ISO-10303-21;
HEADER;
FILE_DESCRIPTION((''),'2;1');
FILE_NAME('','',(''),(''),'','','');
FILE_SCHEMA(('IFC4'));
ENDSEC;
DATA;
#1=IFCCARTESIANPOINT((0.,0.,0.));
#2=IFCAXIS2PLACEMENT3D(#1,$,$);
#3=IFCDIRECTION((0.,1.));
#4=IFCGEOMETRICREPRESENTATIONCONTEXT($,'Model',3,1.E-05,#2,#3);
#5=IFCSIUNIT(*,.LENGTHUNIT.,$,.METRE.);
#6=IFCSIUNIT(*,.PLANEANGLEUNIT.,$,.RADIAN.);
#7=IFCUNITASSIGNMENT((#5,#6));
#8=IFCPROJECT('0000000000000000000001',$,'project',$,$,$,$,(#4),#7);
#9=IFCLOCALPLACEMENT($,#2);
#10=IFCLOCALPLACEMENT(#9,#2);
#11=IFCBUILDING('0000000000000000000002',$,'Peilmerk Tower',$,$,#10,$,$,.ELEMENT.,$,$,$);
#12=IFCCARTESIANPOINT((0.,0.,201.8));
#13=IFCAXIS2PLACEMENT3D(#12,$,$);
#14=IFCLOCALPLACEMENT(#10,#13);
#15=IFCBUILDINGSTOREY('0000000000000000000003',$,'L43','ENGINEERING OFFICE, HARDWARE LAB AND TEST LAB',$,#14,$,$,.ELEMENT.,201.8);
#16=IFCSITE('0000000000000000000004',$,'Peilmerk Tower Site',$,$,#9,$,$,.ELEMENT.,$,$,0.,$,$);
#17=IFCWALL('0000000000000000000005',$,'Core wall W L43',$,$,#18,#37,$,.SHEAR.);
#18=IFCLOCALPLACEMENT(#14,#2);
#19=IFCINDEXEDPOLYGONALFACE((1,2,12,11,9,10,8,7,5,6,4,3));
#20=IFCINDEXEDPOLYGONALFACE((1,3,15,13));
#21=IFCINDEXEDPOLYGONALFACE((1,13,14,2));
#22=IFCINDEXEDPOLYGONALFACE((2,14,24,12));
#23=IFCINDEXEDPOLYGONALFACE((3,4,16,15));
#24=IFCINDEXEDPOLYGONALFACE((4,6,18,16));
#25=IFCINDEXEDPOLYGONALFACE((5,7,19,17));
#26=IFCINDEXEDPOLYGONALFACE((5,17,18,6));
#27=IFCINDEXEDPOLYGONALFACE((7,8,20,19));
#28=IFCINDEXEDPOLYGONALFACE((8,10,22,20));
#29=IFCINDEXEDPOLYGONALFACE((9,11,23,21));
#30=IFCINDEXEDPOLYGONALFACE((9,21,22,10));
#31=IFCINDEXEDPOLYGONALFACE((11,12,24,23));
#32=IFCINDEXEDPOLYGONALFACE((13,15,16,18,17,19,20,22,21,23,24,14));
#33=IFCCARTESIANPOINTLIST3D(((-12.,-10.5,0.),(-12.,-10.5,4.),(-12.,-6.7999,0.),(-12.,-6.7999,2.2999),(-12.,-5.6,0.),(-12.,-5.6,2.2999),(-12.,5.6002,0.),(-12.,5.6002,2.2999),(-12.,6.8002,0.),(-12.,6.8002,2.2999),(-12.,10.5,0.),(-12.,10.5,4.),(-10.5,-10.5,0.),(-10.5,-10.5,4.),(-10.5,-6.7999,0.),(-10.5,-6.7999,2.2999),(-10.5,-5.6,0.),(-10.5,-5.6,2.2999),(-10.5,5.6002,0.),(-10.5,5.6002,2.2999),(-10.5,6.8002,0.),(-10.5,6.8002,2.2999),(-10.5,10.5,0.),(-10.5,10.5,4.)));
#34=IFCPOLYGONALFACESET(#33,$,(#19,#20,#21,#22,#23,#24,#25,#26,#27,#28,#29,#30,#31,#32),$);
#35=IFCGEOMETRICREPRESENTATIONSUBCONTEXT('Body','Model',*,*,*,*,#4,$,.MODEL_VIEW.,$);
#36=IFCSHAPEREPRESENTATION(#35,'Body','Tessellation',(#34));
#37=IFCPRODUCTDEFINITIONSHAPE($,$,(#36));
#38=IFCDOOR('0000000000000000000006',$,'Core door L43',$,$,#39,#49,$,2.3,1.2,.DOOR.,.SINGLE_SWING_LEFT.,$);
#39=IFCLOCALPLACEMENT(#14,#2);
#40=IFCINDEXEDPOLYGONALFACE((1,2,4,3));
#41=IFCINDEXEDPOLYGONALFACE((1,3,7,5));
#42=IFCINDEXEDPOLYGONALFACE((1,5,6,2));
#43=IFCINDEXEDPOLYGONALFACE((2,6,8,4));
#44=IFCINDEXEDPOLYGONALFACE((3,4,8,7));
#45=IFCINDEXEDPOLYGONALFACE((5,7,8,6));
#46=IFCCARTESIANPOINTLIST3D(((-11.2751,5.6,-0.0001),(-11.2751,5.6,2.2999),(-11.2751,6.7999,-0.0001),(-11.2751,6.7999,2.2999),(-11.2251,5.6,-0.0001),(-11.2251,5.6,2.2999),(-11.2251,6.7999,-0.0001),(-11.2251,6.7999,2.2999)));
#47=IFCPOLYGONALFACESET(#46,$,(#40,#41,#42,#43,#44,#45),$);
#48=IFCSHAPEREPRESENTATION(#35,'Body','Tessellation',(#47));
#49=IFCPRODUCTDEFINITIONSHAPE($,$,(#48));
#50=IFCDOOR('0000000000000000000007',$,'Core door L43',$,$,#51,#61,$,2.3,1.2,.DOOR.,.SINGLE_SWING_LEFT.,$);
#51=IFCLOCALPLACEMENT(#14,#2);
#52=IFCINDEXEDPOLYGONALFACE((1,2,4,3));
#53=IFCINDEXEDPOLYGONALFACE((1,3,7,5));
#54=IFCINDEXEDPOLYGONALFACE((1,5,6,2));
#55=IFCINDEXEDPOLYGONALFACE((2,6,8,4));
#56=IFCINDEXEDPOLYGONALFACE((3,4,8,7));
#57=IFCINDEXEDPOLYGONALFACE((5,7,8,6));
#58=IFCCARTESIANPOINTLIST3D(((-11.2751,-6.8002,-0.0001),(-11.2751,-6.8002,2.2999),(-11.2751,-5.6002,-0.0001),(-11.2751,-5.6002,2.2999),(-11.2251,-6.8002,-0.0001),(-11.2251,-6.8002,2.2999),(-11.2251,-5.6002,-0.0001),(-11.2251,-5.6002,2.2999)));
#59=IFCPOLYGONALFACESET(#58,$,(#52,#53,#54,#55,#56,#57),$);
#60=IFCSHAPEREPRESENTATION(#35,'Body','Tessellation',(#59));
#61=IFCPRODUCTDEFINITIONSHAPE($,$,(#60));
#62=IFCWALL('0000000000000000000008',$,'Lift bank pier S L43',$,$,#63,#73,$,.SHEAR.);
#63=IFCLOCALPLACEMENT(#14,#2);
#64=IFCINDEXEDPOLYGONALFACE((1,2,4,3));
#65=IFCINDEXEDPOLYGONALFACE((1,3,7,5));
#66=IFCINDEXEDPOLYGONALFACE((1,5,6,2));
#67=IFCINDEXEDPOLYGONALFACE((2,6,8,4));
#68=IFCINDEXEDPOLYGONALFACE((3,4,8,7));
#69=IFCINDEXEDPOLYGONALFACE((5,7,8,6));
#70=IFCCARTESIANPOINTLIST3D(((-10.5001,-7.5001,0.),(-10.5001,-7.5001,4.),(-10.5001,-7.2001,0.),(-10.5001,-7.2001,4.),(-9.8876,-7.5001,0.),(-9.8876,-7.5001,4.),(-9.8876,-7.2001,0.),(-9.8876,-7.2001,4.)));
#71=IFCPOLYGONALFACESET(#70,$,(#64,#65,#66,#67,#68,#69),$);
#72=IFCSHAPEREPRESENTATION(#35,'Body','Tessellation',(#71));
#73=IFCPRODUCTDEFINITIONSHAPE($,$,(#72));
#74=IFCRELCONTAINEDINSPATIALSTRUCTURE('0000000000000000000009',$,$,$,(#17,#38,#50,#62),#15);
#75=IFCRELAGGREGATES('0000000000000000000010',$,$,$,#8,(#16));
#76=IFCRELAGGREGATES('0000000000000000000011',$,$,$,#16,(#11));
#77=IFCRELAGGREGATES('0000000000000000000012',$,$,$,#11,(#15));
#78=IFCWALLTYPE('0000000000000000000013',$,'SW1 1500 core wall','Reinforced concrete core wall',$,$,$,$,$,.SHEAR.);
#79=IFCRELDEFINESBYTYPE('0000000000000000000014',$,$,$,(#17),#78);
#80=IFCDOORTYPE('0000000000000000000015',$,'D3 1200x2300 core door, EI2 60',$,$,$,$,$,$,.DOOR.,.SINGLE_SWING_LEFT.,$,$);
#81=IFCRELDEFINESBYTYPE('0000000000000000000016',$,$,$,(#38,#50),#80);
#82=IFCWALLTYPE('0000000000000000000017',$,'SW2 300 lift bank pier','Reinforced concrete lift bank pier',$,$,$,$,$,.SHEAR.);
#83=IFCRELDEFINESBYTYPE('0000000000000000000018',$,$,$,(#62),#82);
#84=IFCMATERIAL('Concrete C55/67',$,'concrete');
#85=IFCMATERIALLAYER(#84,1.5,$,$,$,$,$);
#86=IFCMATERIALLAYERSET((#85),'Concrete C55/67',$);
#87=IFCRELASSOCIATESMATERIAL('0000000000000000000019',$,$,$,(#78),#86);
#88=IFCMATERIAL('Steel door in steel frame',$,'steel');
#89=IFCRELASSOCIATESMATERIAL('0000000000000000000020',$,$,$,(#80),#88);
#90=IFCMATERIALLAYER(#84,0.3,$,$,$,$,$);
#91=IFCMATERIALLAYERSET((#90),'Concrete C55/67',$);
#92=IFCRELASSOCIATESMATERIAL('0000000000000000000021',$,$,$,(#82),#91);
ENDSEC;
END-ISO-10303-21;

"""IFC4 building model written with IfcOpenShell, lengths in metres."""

from ifc_helpers import new_model, si_unit, direction, frame, frame_2d, origin, place, context, subcontext, project, spatial, rectangle, extrude, material, layer, layer_set, type_object, element, fill, save


model = new_model("IFC4")

# Units and contexts
model_context = context("Model", 3, precision=1e-05, world=origin(), true_north=direction((0.0, 1.0)))
body_context = subcontext(model_context, "Body", "Model", "MODEL_VIEW")
ifc_project = project(units=[si_unit("LENGTHUNIT", "METRE"), si_unit("PLANEANGLEUNIT", "RADIAN")], contexts=[model_context])

# Site, building, storey
site_placement = place(None, origin())
site = spatial("IfcSite", under=ifc_project, at=site_placement, Name="Peilmerk Tower Site", CompositionType="ELEMENT", RefElevation=0.0)
building_placement = place(site_placement, origin())
building = spatial("IfcBuilding", under=site, at=building_placement, Name="Peilmerk Tower", CompositionType="ELEMENT")
storey_placement = place(building_placement, frame((0.0, 0.0, 201.8)))
storey = spatial("IfcBuildingStorey", under=building, at=storey_placement, Name="L43", Description="ENGINEERING OFFICE, HARDWARE LAB AND TEST LAB", CompositionType="ELEMENT", Elevation=201.8)

# Wall, openings, doors
ifc_material_1 = material(Name="Concrete C55/67", Category="concrete")
ifc_layer_1 = layer(ifc_material_1, 1.5)
ifc_layer_set_1 = layer_set([ifc_layer_1], Name="Concrete C55/67")
wall_type_1 = type_object("IfcWallType", Name="SW1 1500 core wall", Description="Reinforced concrete core wall", PredefinedType="SHEAR", material=ifc_layer_set_1)
wall_1_placement = place(storey_placement, frame((-11.25, -10.5, 0.0), z_axis=(0.0, 0.0, 1.0), x_axis=(0.0, 1.0, 0.0)))
wall_1 = element("IfcWall", 1, at=wall_1_placement, inside=storey, type_object=wall_type_1, Name="Core wall W L43", PredefinedType="SHEAR", context=body_context, shape_type="SweptSolid", body=[
    extrude(rectangle(XDim=21.0, YDim=1.5, at=frame_2d((10.5, 0.0))), origin(), (0.0, 0.0, 1.0), 4.0),
])
opening_1_placement = place(wall_1_placement, frame((16.1001, 0.0, 0.0)))
opening_1 = element("IfcOpeningElement", 2, at=opening_1_placement, cuts=wall_1, PredefinedType="OPENING", context=body_context, shape_type="SweptSolid", body=[
    extrude(rectangle(XDim=1.2, YDim=2.3, at=frame_2d((0.6001, 1.1499))), frame((0.0, 0.76, 0.0), z_axis=(0.0, -1.0, 0.0), x_axis=(1.0, 0.0, 0.0)), (0.0, 0.0, 1.0), 1.52),
])
opening_2_placement = place(wall_1_placement, frame((3.7, 0.0, 0.0)))
opening_2 = element("IfcOpeningElement", 3, at=opening_2_placement, cuts=wall_1, PredefinedType="OPENING", context=body_context, shape_type="SweptSolid", body=[
    extrude(rectangle(XDim=1.2, YDim=2.3, at=frame_2d((0.6001, 1.1499))), frame((0.0, 0.76, 0.0), z_axis=(0.0, -1.0, 0.0), x_axis=(1.0, 0.0, 0.0)), (0.0, 0.0, 1.0), 1.52),
])
ifc_material_2 = material(Name="Steel door in steel frame", Category="steel")
door_type_1 = type_object("IfcDoorType", Name="D3 1200x2300 core door, EI2 60", OperationType="SINGLE_SWING_LEFT", PredefinedType="DOOR", material=ifc_material_2)
door_1_placement = place(opening_1_placement, frame((1.2, 0.0, 0.0), z_axis=(0.0, 0.0, 1.0), x_axis=(-1.0, 0.0, 0.0)))
door_1 = element("IfcDoor", 4, at=door_1_placement, inside=storey, type_object=door_type_1, Name="Core door L43", OperationType="SINGLE_SWING_LEFT", OverallHeight=2.3, OverallWidth=1.2, PredefinedType="DOOR", context=body_context, shape_type="SweptSolid", body=[
    extrude(rectangle(XDim=1.2, YDim=2.3, at=frame_2d((0.6001, 1.1499))), frame((0.0, 0.0249, 0.0), z_axis=(0.0, -1.0, 0.0), x_axis=(1.0, 0.0, 0.0)), (0.0, 0.0, 1.0), 0.05),
])
fill(opening_1, door_1)
door_2_placement = place(opening_2_placement, frame((1.2, 0.0, 0.0), z_axis=(0.0, 0.0, 1.0), x_axis=(-1.0, 0.0, 0.0)))
door_2 = element("IfcDoor", 5, at=door_2_placement, inside=storey, type_object=door_type_1, Name="Core door L43", OperationType="SINGLE_SWING_LEFT", OverallHeight=2.3, OverallWidth=1.2, PredefinedType="DOOR", context=body_context, shape_type="SweptSolid", body=[
    extrude(rectangle(XDim=1.2, YDim=2.3, at=frame_2d((0.6001, 1.1499))), frame((0.0, 0.0249, 0.0), z_axis=(0.0, -1.0, 0.0), x_axis=(1.0, 0.0, 0.0)), (0.0, 0.0, 1.0), 0.05),
])
fill(opening_2, door_2)

# Wall
ifc_layer_2 = layer(ifc_material_1, 0.3)
ifc_layer_set_2 = layer_set([ifc_layer_2], Name="Concrete C55/67")
wall_type_2 = type_object("IfcWallType", Name="SW2 300 lift bank pier", Description="Reinforced concrete lift bank pier", PredefinedType="SHEAR", material=ifc_layer_set_2)
wall_2_placement = place(storey_placement, frame((-10.5, -7.3501, 0.0), z_axis=(0.0, 0.0, 1.0), x_axis=(1.0, 0.0, 0.0)))
element("IfcWall", 6, at=wall_2_placement, inside=storey, type_object=wall_type_2, Name="Lift bank pier S L43", PredefinedType="SHEAR", context=body_context, shape_type="SweptSolid", body=[
    extrude(rectangle(XDim=0.6125, YDim=0.3, at=frame_2d((0.3062, 0.0))), origin(), (0.0, 0.0, 1.0), 4.0),
])

save(model, "model.ifc")
